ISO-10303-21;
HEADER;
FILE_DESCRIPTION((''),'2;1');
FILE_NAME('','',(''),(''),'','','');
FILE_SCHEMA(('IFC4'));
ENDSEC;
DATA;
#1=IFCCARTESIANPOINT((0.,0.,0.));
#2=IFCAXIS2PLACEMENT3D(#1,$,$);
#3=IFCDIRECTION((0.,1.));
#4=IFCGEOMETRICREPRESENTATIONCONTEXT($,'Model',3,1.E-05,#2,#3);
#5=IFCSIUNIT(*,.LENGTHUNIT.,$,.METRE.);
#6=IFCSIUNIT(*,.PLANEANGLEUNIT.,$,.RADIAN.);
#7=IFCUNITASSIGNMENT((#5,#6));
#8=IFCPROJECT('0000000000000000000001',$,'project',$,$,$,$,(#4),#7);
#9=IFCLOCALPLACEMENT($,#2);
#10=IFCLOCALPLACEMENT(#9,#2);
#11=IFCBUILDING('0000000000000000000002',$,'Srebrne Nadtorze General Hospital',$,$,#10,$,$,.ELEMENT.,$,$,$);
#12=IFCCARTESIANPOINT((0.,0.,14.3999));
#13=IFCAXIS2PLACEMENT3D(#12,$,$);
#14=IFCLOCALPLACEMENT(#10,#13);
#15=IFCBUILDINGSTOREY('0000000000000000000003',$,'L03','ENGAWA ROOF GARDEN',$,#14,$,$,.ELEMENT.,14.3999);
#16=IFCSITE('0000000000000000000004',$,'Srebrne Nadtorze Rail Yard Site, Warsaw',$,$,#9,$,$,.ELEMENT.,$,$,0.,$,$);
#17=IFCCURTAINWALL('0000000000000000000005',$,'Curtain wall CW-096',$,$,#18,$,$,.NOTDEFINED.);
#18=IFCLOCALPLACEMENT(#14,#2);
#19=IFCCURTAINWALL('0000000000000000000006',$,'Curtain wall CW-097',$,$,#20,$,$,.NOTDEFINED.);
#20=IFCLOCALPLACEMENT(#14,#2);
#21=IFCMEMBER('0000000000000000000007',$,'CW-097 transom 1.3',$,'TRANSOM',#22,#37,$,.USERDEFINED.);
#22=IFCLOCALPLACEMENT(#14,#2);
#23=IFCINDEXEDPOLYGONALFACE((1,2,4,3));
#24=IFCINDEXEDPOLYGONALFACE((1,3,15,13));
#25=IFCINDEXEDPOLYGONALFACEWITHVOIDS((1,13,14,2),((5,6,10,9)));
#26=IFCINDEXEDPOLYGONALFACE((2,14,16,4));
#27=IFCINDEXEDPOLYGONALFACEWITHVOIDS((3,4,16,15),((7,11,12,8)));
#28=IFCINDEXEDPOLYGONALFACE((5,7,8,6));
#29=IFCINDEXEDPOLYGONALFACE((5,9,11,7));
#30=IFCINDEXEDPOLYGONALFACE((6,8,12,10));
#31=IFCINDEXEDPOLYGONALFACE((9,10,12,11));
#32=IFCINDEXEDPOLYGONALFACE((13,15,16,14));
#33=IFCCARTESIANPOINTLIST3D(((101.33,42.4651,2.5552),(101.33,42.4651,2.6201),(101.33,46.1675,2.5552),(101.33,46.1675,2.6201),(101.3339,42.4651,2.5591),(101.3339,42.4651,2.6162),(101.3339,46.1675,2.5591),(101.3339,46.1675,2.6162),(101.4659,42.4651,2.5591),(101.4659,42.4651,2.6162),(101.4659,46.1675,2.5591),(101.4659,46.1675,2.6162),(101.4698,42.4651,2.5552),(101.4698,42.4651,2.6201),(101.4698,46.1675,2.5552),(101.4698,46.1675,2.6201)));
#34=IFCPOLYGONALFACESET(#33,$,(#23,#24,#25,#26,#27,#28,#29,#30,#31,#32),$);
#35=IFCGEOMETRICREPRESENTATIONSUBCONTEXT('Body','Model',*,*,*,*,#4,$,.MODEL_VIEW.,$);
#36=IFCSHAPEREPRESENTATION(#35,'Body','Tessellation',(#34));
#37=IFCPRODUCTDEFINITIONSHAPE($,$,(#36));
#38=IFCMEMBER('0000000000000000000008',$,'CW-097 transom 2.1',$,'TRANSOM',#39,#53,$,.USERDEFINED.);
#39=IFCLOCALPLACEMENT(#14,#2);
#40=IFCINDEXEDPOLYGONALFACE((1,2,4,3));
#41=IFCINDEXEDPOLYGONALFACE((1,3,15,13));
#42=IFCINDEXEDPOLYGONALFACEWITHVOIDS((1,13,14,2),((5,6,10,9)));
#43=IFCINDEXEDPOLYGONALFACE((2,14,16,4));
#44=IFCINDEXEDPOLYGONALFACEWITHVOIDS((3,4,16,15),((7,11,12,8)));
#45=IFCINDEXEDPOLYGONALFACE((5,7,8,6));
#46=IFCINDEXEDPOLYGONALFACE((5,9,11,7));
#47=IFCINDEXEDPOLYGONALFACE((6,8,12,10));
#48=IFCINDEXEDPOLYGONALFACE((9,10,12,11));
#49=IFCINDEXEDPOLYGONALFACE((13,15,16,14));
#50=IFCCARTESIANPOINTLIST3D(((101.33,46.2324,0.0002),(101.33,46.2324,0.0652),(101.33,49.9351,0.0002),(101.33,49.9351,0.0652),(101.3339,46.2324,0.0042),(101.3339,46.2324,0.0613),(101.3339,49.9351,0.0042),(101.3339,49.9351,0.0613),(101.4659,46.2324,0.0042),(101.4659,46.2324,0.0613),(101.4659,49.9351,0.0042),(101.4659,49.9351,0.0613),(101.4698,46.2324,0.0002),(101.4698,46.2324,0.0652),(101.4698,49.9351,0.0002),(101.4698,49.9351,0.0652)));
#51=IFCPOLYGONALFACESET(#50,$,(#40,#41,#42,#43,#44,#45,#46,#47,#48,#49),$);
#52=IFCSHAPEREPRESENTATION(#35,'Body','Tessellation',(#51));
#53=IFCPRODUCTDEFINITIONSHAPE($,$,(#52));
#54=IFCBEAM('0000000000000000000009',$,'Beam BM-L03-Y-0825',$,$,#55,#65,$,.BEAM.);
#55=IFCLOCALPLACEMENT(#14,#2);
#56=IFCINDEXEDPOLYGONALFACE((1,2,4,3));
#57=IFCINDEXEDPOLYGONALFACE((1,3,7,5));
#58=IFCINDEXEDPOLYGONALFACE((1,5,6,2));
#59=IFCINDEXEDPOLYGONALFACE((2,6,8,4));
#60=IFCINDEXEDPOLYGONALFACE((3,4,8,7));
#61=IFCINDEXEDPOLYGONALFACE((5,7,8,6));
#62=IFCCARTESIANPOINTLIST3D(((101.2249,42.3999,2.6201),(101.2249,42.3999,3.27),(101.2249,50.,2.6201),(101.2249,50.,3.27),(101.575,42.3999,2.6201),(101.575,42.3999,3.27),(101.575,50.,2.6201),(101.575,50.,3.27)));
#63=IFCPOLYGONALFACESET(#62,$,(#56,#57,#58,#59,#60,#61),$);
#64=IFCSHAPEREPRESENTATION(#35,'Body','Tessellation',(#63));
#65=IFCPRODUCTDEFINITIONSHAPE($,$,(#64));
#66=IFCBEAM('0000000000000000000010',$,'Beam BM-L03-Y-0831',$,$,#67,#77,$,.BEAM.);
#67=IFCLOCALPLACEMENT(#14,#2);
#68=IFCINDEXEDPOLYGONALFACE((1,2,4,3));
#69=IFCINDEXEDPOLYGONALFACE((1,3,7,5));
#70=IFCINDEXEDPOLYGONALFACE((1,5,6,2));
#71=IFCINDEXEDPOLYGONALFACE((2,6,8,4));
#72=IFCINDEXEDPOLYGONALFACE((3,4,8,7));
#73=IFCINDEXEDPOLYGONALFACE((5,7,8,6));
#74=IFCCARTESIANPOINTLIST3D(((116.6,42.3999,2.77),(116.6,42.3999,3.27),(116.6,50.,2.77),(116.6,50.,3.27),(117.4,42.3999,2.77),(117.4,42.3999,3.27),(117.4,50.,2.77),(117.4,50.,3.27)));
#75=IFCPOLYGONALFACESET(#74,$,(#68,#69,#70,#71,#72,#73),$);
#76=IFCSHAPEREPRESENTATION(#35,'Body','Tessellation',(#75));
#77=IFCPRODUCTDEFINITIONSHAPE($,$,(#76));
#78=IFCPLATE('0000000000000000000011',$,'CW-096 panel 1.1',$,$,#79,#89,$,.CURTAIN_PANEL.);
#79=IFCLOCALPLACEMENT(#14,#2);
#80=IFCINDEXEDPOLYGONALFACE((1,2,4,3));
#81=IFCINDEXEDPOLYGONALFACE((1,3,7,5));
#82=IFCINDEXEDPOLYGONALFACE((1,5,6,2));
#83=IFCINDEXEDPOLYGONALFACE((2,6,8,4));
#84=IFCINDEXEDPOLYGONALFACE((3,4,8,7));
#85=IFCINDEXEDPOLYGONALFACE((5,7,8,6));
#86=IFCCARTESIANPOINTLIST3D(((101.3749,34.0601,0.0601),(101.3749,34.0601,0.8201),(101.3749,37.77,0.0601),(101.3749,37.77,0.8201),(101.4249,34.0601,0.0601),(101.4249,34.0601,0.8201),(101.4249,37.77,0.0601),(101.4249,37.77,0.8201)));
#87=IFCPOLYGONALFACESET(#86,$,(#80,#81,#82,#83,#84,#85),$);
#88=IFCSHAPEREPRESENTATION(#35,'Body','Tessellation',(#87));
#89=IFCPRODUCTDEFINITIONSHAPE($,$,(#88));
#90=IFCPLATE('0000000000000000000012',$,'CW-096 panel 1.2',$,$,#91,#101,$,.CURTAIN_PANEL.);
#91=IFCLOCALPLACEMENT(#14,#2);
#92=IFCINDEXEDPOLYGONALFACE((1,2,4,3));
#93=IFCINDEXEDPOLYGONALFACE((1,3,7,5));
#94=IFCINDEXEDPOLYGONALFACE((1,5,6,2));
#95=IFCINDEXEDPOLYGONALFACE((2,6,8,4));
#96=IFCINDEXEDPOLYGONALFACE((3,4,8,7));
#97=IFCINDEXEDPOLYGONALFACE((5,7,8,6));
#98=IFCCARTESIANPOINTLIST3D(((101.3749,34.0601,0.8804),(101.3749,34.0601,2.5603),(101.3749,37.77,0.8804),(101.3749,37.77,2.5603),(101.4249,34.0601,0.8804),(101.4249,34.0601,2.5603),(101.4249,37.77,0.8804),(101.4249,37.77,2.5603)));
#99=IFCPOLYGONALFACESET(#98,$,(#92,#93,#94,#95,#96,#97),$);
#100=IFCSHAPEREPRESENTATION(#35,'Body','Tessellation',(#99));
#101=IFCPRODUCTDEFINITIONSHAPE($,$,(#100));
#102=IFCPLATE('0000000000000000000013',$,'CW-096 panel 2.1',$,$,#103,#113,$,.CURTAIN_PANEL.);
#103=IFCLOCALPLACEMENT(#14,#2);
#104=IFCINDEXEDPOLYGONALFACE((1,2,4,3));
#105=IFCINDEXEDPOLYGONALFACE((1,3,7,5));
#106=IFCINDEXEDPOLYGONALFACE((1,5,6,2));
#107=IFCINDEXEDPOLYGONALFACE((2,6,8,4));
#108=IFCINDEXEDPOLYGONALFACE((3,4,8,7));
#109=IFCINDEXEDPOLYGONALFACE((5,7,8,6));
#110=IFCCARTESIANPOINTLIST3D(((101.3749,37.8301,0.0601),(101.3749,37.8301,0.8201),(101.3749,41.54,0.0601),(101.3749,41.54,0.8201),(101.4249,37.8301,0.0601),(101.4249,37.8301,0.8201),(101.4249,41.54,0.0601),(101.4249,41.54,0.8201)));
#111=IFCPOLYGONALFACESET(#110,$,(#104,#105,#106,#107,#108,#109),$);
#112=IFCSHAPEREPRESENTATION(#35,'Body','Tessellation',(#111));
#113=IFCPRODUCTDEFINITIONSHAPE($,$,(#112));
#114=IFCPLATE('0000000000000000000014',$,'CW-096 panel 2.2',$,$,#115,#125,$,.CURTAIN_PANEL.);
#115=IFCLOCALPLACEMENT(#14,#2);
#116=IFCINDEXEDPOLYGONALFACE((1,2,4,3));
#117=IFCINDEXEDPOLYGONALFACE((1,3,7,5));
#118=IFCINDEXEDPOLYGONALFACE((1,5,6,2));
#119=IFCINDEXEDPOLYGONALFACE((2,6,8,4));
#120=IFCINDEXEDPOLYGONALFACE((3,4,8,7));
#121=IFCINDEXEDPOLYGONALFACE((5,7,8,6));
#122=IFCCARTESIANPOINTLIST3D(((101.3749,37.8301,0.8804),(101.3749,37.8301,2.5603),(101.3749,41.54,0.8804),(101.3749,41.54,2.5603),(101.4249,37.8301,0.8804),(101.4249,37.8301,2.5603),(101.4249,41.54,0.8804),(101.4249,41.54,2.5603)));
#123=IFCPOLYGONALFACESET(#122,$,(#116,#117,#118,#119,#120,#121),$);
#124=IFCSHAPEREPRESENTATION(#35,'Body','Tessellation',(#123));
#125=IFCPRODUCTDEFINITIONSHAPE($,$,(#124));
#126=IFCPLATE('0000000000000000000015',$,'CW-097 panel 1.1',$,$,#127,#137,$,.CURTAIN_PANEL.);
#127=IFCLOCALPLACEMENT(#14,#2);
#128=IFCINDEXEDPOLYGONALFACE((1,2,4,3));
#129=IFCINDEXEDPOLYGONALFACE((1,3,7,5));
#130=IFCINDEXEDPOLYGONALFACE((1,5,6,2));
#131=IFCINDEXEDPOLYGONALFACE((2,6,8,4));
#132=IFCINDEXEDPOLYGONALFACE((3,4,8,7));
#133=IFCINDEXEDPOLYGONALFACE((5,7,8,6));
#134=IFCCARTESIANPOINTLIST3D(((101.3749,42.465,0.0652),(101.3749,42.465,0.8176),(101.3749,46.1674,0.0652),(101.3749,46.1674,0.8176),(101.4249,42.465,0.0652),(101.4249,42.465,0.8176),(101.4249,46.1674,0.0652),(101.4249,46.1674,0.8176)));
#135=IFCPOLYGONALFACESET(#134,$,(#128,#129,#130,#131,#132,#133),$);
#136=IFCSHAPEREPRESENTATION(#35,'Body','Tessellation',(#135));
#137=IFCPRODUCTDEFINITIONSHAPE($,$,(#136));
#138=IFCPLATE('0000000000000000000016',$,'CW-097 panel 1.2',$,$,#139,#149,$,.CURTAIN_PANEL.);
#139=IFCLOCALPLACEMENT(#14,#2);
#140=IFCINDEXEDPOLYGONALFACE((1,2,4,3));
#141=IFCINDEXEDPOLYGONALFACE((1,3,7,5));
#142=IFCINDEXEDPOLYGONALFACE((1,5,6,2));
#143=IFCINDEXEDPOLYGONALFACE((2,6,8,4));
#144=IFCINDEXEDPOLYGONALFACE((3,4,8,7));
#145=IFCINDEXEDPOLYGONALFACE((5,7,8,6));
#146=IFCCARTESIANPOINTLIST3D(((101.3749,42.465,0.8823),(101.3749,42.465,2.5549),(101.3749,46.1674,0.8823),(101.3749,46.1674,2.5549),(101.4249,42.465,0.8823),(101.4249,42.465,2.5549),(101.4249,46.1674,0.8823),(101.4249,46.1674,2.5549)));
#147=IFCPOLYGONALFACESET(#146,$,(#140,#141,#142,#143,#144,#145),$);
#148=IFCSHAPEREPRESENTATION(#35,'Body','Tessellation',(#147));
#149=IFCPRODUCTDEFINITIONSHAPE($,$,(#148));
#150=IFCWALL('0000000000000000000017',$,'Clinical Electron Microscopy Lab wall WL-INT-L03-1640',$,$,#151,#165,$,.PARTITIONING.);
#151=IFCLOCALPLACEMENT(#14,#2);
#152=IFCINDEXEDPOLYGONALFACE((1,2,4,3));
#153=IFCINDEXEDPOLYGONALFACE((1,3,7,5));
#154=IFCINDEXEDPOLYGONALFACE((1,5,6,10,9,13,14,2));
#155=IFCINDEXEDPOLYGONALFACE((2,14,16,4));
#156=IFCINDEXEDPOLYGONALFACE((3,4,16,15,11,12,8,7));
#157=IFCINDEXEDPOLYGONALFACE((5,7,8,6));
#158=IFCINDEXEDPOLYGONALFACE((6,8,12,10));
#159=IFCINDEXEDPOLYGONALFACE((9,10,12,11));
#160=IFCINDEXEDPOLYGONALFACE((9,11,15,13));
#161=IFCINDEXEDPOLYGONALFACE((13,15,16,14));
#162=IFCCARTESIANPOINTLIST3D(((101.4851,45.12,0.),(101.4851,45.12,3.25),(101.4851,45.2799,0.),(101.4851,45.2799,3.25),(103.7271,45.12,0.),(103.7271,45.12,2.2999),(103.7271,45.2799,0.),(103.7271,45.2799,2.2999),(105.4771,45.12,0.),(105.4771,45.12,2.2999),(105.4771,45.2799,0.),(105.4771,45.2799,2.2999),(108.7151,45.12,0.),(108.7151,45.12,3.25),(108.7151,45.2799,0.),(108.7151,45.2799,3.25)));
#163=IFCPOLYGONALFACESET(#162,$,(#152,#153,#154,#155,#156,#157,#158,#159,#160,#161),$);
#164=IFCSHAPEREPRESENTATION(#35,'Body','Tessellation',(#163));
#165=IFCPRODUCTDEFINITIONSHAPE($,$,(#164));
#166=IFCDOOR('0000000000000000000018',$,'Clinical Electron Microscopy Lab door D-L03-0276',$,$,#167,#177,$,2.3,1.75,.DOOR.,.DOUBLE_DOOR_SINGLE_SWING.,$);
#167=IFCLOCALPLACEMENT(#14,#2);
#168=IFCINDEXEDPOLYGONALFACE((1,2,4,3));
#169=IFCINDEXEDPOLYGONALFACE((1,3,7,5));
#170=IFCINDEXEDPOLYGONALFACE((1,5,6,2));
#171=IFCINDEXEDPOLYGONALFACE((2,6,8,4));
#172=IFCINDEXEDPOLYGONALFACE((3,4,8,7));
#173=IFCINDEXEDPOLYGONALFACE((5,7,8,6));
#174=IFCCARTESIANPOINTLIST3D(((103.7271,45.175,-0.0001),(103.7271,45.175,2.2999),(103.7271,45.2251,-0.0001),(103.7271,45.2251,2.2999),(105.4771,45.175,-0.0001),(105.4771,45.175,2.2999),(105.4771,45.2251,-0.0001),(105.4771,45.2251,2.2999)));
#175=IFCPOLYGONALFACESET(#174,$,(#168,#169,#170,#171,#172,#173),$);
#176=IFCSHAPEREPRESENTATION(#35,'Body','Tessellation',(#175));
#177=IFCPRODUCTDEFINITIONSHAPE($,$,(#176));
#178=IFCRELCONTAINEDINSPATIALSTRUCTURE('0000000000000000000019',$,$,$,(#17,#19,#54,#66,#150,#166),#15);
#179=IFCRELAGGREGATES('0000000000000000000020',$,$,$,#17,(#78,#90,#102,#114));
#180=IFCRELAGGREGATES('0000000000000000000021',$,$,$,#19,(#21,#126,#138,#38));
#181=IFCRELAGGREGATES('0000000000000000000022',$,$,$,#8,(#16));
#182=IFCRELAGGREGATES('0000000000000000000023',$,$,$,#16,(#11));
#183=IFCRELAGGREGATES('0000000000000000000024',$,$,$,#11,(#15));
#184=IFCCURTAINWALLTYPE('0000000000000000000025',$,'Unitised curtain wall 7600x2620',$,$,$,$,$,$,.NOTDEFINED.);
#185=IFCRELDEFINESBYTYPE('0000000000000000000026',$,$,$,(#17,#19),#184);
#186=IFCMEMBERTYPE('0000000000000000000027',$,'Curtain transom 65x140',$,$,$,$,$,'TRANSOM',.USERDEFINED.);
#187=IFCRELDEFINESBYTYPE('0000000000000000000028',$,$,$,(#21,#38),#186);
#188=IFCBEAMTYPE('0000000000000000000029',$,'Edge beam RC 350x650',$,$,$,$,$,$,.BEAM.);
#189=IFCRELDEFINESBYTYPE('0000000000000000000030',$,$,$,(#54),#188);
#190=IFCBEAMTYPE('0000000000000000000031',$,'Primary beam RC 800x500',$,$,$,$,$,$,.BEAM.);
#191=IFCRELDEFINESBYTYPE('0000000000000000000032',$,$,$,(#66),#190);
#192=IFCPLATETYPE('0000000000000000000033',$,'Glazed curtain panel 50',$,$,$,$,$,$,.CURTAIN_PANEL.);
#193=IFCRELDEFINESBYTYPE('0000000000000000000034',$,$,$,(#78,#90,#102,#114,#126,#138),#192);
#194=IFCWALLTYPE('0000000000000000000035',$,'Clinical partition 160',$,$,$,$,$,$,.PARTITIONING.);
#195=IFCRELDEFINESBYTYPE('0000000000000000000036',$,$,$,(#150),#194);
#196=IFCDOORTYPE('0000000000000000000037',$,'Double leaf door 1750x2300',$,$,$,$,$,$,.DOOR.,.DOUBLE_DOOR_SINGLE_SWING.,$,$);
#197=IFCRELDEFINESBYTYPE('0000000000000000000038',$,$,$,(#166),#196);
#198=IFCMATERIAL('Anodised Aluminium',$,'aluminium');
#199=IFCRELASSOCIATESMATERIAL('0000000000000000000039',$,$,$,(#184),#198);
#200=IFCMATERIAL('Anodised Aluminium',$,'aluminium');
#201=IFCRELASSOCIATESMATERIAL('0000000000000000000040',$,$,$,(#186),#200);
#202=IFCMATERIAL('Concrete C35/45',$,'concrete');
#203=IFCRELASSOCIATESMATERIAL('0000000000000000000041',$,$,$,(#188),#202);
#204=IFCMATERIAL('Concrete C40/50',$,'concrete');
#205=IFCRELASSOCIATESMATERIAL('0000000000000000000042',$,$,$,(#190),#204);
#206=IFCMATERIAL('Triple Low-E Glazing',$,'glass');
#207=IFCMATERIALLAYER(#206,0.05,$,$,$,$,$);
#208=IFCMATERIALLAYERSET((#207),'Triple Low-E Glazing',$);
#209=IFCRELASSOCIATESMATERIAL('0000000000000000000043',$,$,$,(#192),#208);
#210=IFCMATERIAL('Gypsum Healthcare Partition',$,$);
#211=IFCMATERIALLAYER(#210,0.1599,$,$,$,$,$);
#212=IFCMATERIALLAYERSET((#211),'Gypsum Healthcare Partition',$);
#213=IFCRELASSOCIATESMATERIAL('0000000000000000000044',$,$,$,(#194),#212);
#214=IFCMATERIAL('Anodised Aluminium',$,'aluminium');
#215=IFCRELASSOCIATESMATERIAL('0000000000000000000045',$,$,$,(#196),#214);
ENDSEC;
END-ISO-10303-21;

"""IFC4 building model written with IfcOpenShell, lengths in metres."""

from ifc_helpers import new_model, si_unit, direction, frame, frame_2d, origin, origin_2d, place, context, subcontext, project, spatial, rectangle, hollow_rectangle, extrude, material, layer, layer_set, material_profile, profile_set, type_object, element, fill, aggregate, save


model = new_model("IFC4")

# Units and contexts
model_context = context("Model", 3, precision=1e-05, world=origin(), true_north=direction((0.0, 1.0)))
body_context = subcontext(model_context, "Body", "Model", "MODEL_VIEW")
ifc_project = project(units=[si_unit("LENGTHUNIT", "METRE"), si_unit("PLANEANGLEUNIT", "RADIAN")], contexts=[model_context])

# Site, building, storey
site_placement = place(None, origin())
site = spatial("IfcSite", under=ifc_project, at=site_placement, Name="Srebrne Nadtorze Rail Yard Site, Warsaw", CompositionType="ELEMENT", RefElevation=0.0)
building_placement = place(site_placement, origin())
building = spatial("IfcBuilding", under=site, at=building_placement, Name="Srebrne Nadtorze General Hospital", CompositionType="ELEMENT")
storey_placement = place(building_placement, frame((0.0, 0.0, 14.3999)))
storey = spatial("IfcBuildingStorey", under=building, at=storey_placement, Name="L03", Description="ENGAWA ROOF GARDEN", CompositionType="ELEMENT", Elevation=14.3999)

# Curtain walls
ifc_material_1 = material(Name="Anodised Aluminium", Category="aluminium")
curtain_wall_type = type_object("IfcCurtainWallType", Name="Unitised curtain wall 7600x2620", PredefinedType="NOTDEFINED", material=ifc_material_1)
curtain_wall_1_placement = place(storey_placement, origin())
curtain_wall_1 = element("IfcCurtainWall", 1, at=curtain_wall_1_placement, inside=storey, type_object=curtain_wall_type, Name="Curtain wall CW-096", PredefinedType="NOTDEFINED")
curtain_wall_2_placement = place(storey_placement, origin())
curtain_wall_2 = element("IfcCurtainWall", 2, at=curtain_wall_2_placement, inside=storey, type_object=curtain_wall_type, Name="Curtain wall CW-097", PredefinedType="NOTDEFINED")

# Members
ifc_material_2 = material(Name="Anodised Aluminium", Category="aluminium")
ifc_material_profile_1 = material_profile(ifc_material_2, hollow_rectangle(XDim=0.0649, YDim=0.1399, WallThickness=0.0039, at=origin_2d()), Name="AL-TRN-65x140")
ifc_profile_set_1 = profile_set([ifc_material_profile_1], Name="Anodised Aluminium")
member_type_1 = type_object("IfcMemberType", Name="Curtain transom 65x140", ElementType="TRANSOM", PredefinedType="USERDEFINED", material=ifc_profile_set_1)
member_1_placement = place(storey_placement, frame((101.3999, 42.4651, 2.5876), z_axis=(0.0, 1.0, 0.0), x_axis=(0.0, 0.0, 1.0)))
member_1 = element("IfcMember", 3, at=member_1_placement, type_object=member_type_1, Name="CW-097 transom 1.3", ObjectType="TRANSOM", PredefinedType="USERDEFINED", context=body_context, shape_type="SweptSolid", body=[
    extrude(hollow_rectangle(XDim=0.0649, YDim=0.1399, WallThickness=0.0039, at=origin_2d()), origin(), (0.0, 0.0, 1.0), 3.7024),
])
member_2_placement = place(storey_placement, frame((101.3999, 46.2324, 0.0327), z_axis=(0.0, 1.0, 0.0), x_axis=(0.0, 0.0, 1.0)))
member_2 = element("IfcMember", 4, at=member_2_placement, type_object=member_type_1, Name="CW-097 transom 2.1", ObjectType="TRANSOM", PredefinedType="USERDEFINED", context=body_context, shape_type="SweptSolid", body=[
    extrude(hollow_rectangle(XDim=0.0649, YDim=0.1399, WallThickness=0.0039, at=origin_2d()), origin(), (0.0, 0.0, 1.0), 3.7026),
])

# Beams
ifc_material_3 = material(Name="Concrete C35/45", Category="concrete")
ifc_material_profile_2 = material_profile(ifc_material_3, rectangle(XDim=0.3501, YDim=0.6499, at=origin_2d()), Name="RC-BM-350x650")
ifc_profile_set_2 = profile_set([ifc_material_profile_2], Name="Concrete C35/45")
beam_type_1 = type_object("IfcBeamType", Name="Edge beam RC 350x650", PredefinedType="BEAM", material=ifc_profile_set_2)
beam_1_placement = place(storey_placement, frame((101.3999, 42.3999, 2.9451), z_axis=(0.0, 1.0, 0.0), x_axis=(-1.0, 0.0, 0.0)))
element("IfcBeam", 5, at=beam_1_placement, inside=storey, type_object=beam_type_1, Name="Beam BM-L03-Y-0825", PredefinedType="BEAM", context=body_context, shape_type="SweptSolid", body=[
    extrude(rectangle(XDim=0.3501, YDim=0.6499, at=origin_2d()), origin(), (0.0, 0.0, 1.0), 7.6001),
])
ifc_material_4 = material(Name="Concrete C40/50", Category="concrete")
ifc_material_profile_3 = material_profile(ifc_material_4, rectangle(XDim=0.8, YDim=0.5, at=origin_2d()), Name="RC-BM-800x500")
ifc_profile_set_3 = profile_set([ifc_material_profile_3], Name="Concrete C40/50")
beam_type_2 = type_object("IfcBeamType", Name="Primary beam RC 800x500", PredefinedType="BEAM", material=ifc_profile_set_3)
beam_2_placement = place(storey_placement, frame((117.0, 42.3999, 3.02), z_axis=(0.0, 1.0, 0.0), x_axis=(-1.0, 0.0, 0.0)))
element("IfcBeam", 6, at=beam_2_placement, inside=storey, type_object=beam_type_2, Name="Beam BM-L03-Y-0831", PredefinedType="BEAM", context=body_context, shape_type="SweptSolid", body=[
    extrude(rectangle(XDim=0.8, YDim=0.5, at=origin_2d()), origin(), (0.0, 0.0, 1.0), 7.6001),
])

# Plates
ifc_material_5 = material(Name="Triple Low-E Glazing", Category="glass")
ifc_layer_1 = layer(ifc_material_5, 0.05)
ifc_layer_set_1 = layer_set([ifc_layer_1], Name="Triple Low-E Glazing")
plate_type = type_object("IfcPlateType", Name="Glazed curtain panel 50", PredefinedType="CURTAIN_PANEL", material=ifc_layer_set_1)
plate_1_placement = place(storey_placement, frame((101.3999, 35.915, 0.0601), z_axis=(0.0, 0.0, 1.0), x_axis=(0.0, 1.0, 0.0)))
plate_1 = element("IfcPlate", 7, at=plate_1_placement, type_object=plate_type, Name="CW-096 panel 1.1", PredefinedType="CURTAIN_PANEL", context=body_context, shape_type="SweptSolid", body=[
    extrude(rectangle(XDim=3.71, YDim=0.05, at=origin_2d()), origin(), (0.0, 0.0, 1.0), 0.76),
])
plate_2_placement = place(storey_placement, frame((101.3999, 35.915, 0.8804), z_axis=(0.0, 0.0, 1.0), x_axis=(0.0, 1.0, 0.0)))
plate_2 = element("IfcPlate", 8, at=plate_2_placement, type_object=plate_type, Name="CW-096 panel 1.2", PredefinedType="CURTAIN_PANEL", context=body_context, shape_type="SweptSolid", body=[
    extrude(rectangle(XDim=3.71, YDim=0.05, at=origin_2d()), origin(), (0.0, 0.0, 1.0), 1.6799),
])
plate_3_placement = place(storey_placement, frame((101.3999, 39.6851, 0.0601), z_axis=(0.0, 0.0, 1.0), x_axis=(0.0, 1.0, 0.0)))
plate_3 = element("IfcPlate", 9, at=plate_3_placement, type_object=plate_type, Name="CW-096 panel 2.1", PredefinedType="CURTAIN_PANEL", context=body_context, shape_type="SweptSolid", body=[
    extrude(rectangle(XDim=3.71, YDim=0.05, at=origin_2d()), origin(), (0.0, 0.0, 1.0), 0.76),
])
plate_4_placement = place(storey_placement, frame((101.3999, 39.6851, 0.8804), z_axis=(0.0, 0.0, 1.0), x_axis=(0.0, 1.0, 0.0)))
plate_4 = element("IfcPlate", 10, at=plate_4_placement, type_object=plate_type, Name="CW-096 panel 2.2", PredefinedType="CURTAIN_PANEL", context=body_context, shape_type="SweptSolid", body=[
    extrude(rectangle(XDim=3.71, YDim=0.05, at=origin_2d()), origin(), (0.0, 0.0, 1.0), 1.6799),
])
aggregate(curtain_wall_1, [plate_1, plate_2, plate_3, plate_4])
plate_5_placement = place(storey_placement, frame((101.3999, 44.3162, 0.0652), z_axis=(0.0, 0.0, 1.0), x_axis=(0.0, 1.0, 0.0)))
plate_5 = element("IfcPlate", 11, at=plate_5_placement, type_object=plate_type, Name="CW-097 panel 1.1", PredefinedType="CURTAIN_PANEL", context=body_context, shape_type="SweptSolid", body=[
    extrude(rectangle(XDim=3.7024, YDim=0.05, at=origin_2d()), origin(), (0.0, 0.0, 1.0), 0.7524),
])
plate_6_placement = place(storey_placement, frame((101.3999, 44.3162, 0.8823), z_axis=(0.0, 0.0, 1.0), x_axis=(0.0, 1.0, 0.0)))
plate_6 = element("IfcPlate", 12, at=plate_6_placement, type_object=plate_type, Name="CW-097 panel 1.2", PredefinedType="CURTAIN_PANEL", context=body_context, shape_type="SweptSolid", body=[
    extrude(rectangle(XDim=3.7024, YDim=0.05, at=origin_2d()), origin(), (0.0, 0.0, 1.0), 1.6726),
])
aggregate(curtain_wall_2, [member_1, plate_5, plate_6, member_2])

# Wall, opening, door
ifc_material_6 = material(Name="Gypsum Healthcare Partition")
ifc_layer_2 = layer(ifc_material_6, 0.1599)
ifc_layer_set_2 = layer_set([ifc_layer_2], Name="Gypsum Healthcare Partition")
wall_type_1 = type_object("IfcWallType", Name="Clinical partition 160", PredefinedType="PARTITIONING", material=ifc_layer_set_2)
wall_1_placement = place(storey_placement, frame((101.4851, 45.2, 0.0), z_axis=(0.0, 0.0, 1.0), x_axis=(1.0, 0.0, 0.0)))
wall_1 = element("IfcWall", 13, at=wall_1_placement, inside=storey, type_object=wall_type_1, Name="Clinical Electron Microscopy Lab wall WL-INT-L03-1640", PredefinedType="PARTITIONING", context=body_context, shape_type="SweptSolid", body=[
    extrude(rectangle(XDim=7.23, YDim=0.1599, at=frame_2d((3.615, 0.0))), origin(), (0.0, 0.0, 1.0), 3.25),
])
opening_1_placement = place(wall_1_placement, frame((2.2419, 0.0, 0.0)))
opening_1 = element("IfcOpeningElement", 14, at=opening_1_placement, cuts=wall_1, PredefinedType="OPENING", context=body_context, shape_type="SweptSolid", body=[
    extrude(rectangle(XDim=1.75, YDim=2.3, at=frame_2d((0.875, 1.1499))), frame((0.0, 0.0918, 0.0), z_axis=(0.0, -1.0, 0.0), x_axis=(1.0, 0.0, 0.0)), (0.0, 0.0, 1.0), 0.1838),
])
ifc_material_7 = material(Name="Anodised Aluminium", Category="aluminium")
door_type_1 = type_object("IfcDoorType", Name="Double leaf door 1750x2300", OperationType="DOUBLE_DOOR_SINGLE_SWING", PredefinedType="DOOR", material=ifc_material_7)
door_1_placement = place(opening_1_placement, frame((1.75, 0.0, 0.0), z_axis=(0.0, 0.0, 1.0), x_axis=(-1.0, 0.0, 0.0)))
door_1 = element("IfcDoor", 15, at=door_1_placement, inside=storey, type_object=door_type_1, Name="Clinical Electron Microscopy Lab door D-L03-0276", OperationType="DOUBLE_DOOR_SINGLE_SWING", OverallHeight=2.3, OverallWidth=1.75, PredefinedType="DOOR", context=body_context, shape_type="SweptSolid", body=[
    extrude(rectangle(XDim=1.75, YDim=2.3, at=frame_2d((0.875, 1.1499))), frame((0.0, 0.0249, 0.0), z_axis=(0.0, -1.0, 0.0), x_axis=(1.0, 0.0, 0.0)), (0.0, 0.0, 1.0), 0.05),
])
fill(opening_1, door_1)

save(model, "model.ifc")
